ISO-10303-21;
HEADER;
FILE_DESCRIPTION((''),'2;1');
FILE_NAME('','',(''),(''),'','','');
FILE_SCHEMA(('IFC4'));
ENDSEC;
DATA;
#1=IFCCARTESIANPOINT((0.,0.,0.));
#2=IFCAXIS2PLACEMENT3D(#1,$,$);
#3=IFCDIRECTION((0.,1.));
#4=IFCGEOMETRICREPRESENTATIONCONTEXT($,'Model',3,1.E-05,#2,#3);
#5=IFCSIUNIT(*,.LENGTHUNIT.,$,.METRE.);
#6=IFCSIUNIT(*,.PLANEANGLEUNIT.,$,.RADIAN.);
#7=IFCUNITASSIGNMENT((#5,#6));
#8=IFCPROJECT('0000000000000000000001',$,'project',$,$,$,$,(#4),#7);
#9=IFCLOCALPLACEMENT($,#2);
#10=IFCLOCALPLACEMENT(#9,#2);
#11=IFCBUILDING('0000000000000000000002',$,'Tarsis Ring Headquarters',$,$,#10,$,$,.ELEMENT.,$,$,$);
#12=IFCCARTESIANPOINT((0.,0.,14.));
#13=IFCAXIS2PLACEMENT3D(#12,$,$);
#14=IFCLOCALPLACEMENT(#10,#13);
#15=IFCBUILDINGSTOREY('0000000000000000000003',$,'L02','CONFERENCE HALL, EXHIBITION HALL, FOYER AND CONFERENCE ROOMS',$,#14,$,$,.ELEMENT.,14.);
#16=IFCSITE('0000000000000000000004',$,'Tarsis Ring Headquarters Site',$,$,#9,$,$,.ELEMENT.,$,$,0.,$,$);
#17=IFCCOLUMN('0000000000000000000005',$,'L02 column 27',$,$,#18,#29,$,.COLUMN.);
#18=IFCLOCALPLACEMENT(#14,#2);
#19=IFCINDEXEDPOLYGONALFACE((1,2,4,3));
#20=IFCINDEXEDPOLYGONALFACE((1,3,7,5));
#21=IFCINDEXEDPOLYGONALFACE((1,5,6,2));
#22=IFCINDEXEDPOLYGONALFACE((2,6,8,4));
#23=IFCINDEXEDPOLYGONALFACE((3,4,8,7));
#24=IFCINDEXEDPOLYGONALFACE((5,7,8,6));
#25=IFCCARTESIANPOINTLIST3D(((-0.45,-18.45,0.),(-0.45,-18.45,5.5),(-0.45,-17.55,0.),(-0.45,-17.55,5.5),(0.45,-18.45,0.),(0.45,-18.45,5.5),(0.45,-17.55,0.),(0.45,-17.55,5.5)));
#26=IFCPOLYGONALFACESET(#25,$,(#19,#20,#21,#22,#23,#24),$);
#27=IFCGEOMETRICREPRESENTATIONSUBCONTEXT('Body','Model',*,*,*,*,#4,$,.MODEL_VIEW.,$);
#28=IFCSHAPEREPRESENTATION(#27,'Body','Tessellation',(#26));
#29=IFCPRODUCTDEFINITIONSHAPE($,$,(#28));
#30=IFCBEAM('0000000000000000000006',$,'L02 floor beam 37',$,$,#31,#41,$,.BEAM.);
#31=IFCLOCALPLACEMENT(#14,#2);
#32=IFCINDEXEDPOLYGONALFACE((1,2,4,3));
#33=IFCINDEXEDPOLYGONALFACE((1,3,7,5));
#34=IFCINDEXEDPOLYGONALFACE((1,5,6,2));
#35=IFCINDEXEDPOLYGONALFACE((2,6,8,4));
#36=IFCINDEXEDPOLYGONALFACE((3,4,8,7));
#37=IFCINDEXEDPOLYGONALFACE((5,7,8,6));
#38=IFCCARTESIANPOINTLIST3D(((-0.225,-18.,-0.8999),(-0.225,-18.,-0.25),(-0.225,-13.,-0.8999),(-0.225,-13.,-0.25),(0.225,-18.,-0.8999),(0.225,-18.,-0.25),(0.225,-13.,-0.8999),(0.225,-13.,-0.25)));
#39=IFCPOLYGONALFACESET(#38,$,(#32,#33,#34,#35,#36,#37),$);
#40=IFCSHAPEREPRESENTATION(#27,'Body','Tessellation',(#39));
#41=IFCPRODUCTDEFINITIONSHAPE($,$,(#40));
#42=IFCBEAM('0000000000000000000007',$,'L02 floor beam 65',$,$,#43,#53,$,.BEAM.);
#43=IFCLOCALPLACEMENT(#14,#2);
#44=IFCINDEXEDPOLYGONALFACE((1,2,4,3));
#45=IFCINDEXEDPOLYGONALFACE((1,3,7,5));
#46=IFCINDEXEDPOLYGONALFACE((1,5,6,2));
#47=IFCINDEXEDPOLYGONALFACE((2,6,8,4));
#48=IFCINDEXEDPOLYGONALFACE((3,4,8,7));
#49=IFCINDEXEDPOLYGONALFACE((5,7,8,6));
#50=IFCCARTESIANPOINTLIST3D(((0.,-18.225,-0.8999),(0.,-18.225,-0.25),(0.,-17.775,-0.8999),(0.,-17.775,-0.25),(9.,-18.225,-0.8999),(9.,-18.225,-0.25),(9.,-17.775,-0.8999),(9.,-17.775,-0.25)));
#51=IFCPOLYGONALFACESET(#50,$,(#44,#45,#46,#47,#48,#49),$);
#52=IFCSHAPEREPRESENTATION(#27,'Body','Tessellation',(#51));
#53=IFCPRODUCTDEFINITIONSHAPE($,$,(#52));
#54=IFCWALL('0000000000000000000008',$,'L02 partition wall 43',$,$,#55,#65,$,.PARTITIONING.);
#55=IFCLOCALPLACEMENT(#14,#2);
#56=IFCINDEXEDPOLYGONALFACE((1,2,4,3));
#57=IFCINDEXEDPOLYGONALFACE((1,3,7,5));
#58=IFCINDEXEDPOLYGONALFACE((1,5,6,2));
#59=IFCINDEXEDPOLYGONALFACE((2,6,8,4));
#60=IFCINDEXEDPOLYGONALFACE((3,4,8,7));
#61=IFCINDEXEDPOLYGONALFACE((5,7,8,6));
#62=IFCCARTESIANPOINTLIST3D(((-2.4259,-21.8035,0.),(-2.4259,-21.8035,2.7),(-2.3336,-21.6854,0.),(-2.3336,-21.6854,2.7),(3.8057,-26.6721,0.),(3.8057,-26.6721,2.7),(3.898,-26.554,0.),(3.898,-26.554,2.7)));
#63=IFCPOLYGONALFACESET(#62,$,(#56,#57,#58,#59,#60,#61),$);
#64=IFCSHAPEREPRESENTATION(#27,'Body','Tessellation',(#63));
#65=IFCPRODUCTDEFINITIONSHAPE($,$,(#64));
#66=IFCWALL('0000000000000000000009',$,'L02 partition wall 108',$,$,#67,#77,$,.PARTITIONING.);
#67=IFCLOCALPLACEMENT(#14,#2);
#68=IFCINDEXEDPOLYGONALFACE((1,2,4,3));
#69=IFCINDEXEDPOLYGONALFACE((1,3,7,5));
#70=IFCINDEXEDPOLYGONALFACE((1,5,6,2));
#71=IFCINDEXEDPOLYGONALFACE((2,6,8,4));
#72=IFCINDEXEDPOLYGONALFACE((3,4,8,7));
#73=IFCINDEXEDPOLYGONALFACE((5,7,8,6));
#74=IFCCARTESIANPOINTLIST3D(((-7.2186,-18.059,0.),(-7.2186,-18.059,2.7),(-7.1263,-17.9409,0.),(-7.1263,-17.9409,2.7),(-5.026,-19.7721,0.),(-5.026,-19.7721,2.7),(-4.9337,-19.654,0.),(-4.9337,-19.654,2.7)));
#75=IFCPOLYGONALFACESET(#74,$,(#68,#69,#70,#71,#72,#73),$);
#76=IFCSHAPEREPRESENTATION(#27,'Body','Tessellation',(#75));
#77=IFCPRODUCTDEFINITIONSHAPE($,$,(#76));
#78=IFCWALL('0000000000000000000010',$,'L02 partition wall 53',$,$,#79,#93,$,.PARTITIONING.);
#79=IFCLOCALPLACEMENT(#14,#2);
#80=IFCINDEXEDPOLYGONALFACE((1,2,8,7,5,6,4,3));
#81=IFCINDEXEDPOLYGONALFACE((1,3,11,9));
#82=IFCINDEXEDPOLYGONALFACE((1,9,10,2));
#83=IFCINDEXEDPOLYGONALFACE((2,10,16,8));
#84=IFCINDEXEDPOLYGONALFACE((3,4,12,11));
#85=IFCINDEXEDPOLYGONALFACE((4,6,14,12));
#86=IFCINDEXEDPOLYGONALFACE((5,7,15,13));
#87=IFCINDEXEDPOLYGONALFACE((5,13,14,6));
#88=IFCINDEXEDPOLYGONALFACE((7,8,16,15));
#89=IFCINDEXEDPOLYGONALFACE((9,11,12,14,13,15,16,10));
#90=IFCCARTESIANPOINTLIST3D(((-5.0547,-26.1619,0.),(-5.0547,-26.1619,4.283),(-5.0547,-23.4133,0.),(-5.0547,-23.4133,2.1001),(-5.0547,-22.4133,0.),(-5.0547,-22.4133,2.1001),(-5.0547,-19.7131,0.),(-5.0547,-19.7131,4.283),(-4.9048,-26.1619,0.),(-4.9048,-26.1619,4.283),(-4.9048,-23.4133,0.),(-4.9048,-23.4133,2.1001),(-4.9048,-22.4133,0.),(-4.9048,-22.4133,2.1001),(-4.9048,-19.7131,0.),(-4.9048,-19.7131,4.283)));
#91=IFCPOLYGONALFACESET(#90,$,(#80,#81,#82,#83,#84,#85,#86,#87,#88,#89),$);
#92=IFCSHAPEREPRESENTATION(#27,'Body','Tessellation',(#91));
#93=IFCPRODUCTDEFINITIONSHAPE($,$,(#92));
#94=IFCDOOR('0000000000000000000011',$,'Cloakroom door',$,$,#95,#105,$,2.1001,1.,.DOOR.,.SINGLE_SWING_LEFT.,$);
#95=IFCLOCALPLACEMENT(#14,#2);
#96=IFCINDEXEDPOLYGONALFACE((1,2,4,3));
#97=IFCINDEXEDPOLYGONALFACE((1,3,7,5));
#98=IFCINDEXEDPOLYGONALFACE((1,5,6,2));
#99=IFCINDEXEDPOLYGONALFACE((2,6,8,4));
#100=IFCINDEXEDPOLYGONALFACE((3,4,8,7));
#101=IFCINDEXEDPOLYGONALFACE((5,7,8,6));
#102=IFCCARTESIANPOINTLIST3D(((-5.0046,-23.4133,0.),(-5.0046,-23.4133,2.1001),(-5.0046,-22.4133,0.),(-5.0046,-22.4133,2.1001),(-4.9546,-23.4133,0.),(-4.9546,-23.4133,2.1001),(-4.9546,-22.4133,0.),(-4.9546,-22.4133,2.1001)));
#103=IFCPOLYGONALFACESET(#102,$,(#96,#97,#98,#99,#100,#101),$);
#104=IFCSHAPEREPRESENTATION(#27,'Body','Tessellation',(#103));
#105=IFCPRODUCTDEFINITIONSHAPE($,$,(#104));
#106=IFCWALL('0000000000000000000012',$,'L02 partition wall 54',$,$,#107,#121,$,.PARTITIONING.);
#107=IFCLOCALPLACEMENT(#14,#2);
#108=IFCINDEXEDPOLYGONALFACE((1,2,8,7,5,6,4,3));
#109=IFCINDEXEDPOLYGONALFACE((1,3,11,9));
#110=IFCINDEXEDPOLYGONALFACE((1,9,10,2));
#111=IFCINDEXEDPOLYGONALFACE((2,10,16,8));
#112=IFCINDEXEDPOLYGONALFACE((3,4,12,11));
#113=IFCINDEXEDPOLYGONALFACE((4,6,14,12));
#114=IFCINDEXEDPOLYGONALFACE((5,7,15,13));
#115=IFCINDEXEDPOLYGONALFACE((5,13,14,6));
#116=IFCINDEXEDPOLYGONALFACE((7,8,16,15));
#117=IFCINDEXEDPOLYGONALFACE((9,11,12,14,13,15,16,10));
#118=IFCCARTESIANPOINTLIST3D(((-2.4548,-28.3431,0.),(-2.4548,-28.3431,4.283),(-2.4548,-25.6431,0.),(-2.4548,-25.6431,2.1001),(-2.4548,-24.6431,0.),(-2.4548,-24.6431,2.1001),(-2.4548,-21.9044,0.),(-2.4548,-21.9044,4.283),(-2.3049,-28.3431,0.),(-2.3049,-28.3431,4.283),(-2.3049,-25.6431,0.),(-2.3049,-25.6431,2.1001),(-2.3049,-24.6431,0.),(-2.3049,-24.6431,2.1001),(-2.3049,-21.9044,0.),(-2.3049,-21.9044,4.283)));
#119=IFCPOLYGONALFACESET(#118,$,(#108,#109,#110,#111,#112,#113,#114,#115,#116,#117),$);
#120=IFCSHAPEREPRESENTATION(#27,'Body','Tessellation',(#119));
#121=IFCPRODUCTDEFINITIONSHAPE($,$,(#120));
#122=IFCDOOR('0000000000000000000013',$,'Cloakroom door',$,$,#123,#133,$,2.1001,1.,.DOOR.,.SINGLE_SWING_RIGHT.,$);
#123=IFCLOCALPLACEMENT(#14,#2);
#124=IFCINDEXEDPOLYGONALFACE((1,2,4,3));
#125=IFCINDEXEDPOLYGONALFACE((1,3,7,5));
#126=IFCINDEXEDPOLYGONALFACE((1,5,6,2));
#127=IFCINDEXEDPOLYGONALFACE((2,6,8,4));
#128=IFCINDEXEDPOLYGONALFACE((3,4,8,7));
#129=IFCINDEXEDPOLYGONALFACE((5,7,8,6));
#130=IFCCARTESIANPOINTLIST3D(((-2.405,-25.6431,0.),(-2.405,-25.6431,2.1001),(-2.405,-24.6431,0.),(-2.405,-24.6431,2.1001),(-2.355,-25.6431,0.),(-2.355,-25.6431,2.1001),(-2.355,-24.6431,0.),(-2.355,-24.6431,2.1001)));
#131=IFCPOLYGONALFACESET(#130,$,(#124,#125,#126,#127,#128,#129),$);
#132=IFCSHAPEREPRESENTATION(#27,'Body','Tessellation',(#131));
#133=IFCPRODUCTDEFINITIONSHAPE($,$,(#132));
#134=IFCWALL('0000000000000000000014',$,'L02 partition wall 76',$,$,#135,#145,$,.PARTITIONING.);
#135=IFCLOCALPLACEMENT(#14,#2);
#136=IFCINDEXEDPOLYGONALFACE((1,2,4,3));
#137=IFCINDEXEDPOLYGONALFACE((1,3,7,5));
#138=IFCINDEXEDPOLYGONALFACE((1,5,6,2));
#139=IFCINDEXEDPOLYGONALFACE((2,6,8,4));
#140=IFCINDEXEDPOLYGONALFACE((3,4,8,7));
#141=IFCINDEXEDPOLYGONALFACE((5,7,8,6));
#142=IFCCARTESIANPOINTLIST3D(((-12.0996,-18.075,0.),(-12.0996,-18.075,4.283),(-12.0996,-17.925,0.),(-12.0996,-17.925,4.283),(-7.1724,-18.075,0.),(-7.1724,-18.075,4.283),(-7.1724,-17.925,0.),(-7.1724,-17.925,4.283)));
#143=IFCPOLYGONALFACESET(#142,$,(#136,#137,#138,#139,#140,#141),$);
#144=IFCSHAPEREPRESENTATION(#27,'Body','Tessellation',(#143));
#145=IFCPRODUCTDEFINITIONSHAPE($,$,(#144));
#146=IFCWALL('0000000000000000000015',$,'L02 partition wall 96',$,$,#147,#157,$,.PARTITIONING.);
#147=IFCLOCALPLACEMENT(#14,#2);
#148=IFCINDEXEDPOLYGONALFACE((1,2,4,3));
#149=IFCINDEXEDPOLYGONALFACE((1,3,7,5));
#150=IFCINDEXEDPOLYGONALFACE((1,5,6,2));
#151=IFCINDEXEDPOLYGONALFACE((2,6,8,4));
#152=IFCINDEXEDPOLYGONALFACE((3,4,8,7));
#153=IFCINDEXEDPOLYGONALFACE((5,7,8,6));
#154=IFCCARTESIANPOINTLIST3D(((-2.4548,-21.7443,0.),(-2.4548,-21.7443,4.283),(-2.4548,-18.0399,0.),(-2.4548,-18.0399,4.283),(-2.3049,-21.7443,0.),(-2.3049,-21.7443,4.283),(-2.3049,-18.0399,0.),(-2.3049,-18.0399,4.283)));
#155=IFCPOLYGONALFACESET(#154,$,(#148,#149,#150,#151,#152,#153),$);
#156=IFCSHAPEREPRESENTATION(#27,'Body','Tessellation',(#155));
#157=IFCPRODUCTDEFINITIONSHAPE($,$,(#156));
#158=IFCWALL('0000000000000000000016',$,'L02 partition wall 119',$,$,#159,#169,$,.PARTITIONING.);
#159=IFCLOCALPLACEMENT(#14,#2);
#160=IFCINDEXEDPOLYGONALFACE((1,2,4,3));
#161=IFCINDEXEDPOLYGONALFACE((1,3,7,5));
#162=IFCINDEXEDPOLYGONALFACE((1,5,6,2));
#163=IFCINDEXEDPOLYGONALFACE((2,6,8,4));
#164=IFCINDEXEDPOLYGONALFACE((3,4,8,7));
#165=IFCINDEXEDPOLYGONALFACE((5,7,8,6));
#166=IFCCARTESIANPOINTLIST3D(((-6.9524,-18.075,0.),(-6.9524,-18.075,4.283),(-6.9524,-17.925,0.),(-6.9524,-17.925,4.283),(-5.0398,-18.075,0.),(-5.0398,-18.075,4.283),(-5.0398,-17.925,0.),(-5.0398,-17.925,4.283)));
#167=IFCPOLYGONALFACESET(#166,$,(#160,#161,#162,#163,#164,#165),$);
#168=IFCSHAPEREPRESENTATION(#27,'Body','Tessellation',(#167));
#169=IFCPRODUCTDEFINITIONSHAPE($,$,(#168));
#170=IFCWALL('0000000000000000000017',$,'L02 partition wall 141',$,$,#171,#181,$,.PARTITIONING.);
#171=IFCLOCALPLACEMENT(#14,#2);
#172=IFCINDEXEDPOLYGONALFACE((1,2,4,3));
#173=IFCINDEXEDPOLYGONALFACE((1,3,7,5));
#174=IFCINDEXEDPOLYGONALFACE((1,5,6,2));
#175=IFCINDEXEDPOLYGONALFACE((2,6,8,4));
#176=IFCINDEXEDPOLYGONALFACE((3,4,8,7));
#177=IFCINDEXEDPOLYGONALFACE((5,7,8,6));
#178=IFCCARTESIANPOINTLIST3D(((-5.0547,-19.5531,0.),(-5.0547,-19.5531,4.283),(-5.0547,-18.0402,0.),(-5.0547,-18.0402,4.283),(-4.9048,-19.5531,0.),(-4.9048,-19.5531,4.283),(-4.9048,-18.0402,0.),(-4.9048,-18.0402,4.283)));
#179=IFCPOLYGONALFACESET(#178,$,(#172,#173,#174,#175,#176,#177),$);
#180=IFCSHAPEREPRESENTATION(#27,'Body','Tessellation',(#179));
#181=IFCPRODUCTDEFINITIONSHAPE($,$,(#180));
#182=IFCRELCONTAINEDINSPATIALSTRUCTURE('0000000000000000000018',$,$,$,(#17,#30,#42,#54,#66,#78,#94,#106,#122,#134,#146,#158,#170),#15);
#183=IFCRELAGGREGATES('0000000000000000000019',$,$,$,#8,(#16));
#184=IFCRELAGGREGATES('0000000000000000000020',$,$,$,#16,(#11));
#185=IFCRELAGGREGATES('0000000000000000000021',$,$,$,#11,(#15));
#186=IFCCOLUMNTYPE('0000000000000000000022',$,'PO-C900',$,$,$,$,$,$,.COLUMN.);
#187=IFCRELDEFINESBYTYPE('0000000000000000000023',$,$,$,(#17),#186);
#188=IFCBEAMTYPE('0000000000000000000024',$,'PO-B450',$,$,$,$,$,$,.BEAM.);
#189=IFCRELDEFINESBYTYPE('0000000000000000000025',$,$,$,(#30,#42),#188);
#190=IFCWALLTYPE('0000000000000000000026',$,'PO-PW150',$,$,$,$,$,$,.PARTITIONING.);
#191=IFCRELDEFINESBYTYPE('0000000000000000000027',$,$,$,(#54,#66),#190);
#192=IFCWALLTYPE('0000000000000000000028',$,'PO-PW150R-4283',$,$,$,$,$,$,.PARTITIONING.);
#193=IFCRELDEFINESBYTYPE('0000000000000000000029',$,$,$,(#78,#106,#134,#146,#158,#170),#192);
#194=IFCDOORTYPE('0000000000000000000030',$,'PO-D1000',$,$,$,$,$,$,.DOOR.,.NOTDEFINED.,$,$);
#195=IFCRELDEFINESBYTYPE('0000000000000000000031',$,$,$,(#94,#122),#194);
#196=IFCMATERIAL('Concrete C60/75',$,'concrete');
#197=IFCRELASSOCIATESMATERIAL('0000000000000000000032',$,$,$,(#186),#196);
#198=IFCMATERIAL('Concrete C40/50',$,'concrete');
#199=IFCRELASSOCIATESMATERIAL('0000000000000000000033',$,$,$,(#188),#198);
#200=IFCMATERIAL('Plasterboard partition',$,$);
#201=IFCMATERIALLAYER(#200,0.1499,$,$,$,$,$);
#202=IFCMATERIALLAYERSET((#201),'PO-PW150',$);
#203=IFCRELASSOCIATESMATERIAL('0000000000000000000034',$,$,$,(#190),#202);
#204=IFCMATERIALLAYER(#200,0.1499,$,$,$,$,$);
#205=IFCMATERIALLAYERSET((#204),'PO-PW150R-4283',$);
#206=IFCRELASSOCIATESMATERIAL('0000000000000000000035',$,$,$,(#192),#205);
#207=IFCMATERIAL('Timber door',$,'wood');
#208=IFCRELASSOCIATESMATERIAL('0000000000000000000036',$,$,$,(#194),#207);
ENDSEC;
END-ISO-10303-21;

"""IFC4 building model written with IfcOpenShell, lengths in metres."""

from ifc_helpers import new_model, si_unit, direction, frame, frame_2d, origin, origin_2d, place, context, subcontext, project, spatial, rectangle, extrude, material, layer, layer_set, material_profile, profile_set, type_object, element, fill, save


model = new_model("IFC4")

# Units and contexts
model_context = context("Model", 3, precision=1e-05, world=origin(), true_north=direction((0.0, 1.0)))
body_context = subcontext(model_context, "Body", "Model", "MODEL_VIEW")
ifc_project = project(units=[si_unit("LENGTHUNIT", "METRE"), si_unit("PLANEANGLEUNIT", "RADIAN")], contexts=[model_context])

# Site, building, storey
site_placement = place(None, origin())
site = spatial("IfcSite", under=ifc_project, at=site_placement, Name="Tarsis Ring Headquarters Site", CompositionType="ELEMENT", RefElevation=0.0)
building_placement = place(site_placement, origin())
building = spatial("IfcBuilding", under=site, at=building_placement, Name="Tarsis Ring Headquarters", CompositionType="ELEMENT")
storey_placement = place(building_placement, frame((0.0, 0.0, 14.0)))
storey = spatial("IfcBuildingStorey", under=building, at=storey_placement, Name="L02", Description="CONFERENCE HALL, EXHIBITION HALL, FOYER AND CONFERENCE ROOMS", CompositionType="ELEMENT", Elevation=14.0)

# Column
ifc_material_1 = material(Name="Concrete C60/75", Category="concrete")
ifc_material_profile_1 = material_profile(ifc_material_1, rectangle(XDim=0.8999, YDim=0.8999, at=origin_2d()), Name="PO-C900")
ifc_profile_set_1 = profile_set([ifc_material_profile_1], Name="Concrete C60/75")
column_type = type_object("IfcColumnType", Name="PO-C900", PredefinedType="COLUMN", material=ifc_profile_set_1)
column_placement = place(storey_placement, frame((0.0, -18.0, 0.0), z_axis=(0.0, 0.0, 1.0), x_axis=(1.0, 0.0, 0.0)))
element("IfcColumn", 1, at=column_placement, inside=storey, type_object=column_type, Name="L02 column 27", PredefinedType="COLUMN", context=body_context, shape_type="SweptSolid", body=[
    extrude(rectangle(XDim=0.8999, YDim=0.8999, at=origin_2d()), origin(), (0.0, 0.0, 1.0), 5.5),
])

# Beams
ifc_material_2 = material(Name="Concrete C40/50", Category="concrete")
ifc_material_profile_2 = material_profile(ifc_material_2, rectangle(XDim=0.45, YDim=0.6499, at=origin_2d()), Name="PO-B450")
ifc_profile_set_2 = profile_set([ifc_material_profile_2], Name="Concrete C40/50")
beam_type = type_object("IfcBeamType", Name="PO-B450", PredefinedType="BEAM", material=ifc_profile_set_2)
beam_1_placement = place(storey_placement, frame((0.0, -18.0, -0.575), z_axis=(0.0, 1.0, 0.0), x_axis=(-1.0, 0.0, 0.0)))
element("IfcBeam", 2, at=beam_1_placement, inside=storey, type_object=beam_type, Name="L02 floor beam 37", PredefinedType="BEAM", context=body_context, shape_type="SweptSolid", body=[
    extrude(rectangle(XDim=0.45, YDim=0.6499, at=origin_2d()), origin(), (0.0, 0.0, 1.0), 5.0),
])
beam_2_placement = place(storey_placement, frame((0.0, -18.0, -0.575), z_axis=(1.0, 0.0, 0.0), x_axis=(0.0, 1.0, 0.0)))
element("IfcBeam", 3, at=beam_2_placement, inside=storey, type_object=beam_type, Name="L02 floor beam 65", PredefinedType="BEAM", context=body_context, shape_type="SweptSolid", body=[
    extrude(rectangle(XDim=0.45, YDim=0.6499, at=origin_2d()), origin(), (0.0, 0.0, 1.0), 9.0),
])

# Walls
ifc_material_3 = material(Name="Plasterboard partition")
ifc_layer_1 = layer(ifc_material_3, 0.1499)
ifc_layer_set_1 = layer_set([ifc_layer_1], Name="PO-PW150")
wall_type_1 = type_object("IfcWallType", Name="PO-PW150", PredefinedType="PARTITIONING", material=ifc_layer_set_1)
wall_1_placement = place(storey_placement, frame((-2.3799, -21.7444, 0.0), z_axis=(0.0, 0.0, 1.0), x_axis=(0.788015, -0.615655, 0.0)))
element("IfcWall", 4, at=wall_1_placement, inside=storey, type_object=wall_type_1, Name="L02 partition wall 43", PredefinedType="PARTITIONING", context=body_context, shape_type="SweptSolid", body=[
    extrude(rectangle(XDim=7.908, YDim=0.1499, at=frame_2d((3.9541, 0.0))), origin(), (0.0, 0.0, 1.0), 2.7),
])
wall_2_placement = place(storey_placement, frame((-7.1724, -18.0, 0.0), z_axis=(0.0, 0.0, 1.0), x_axis=(0.787999, -0.615676, 0.0)))
element("IfcWall", 5, at=wall_2_placement, inside=storey, type_object=wall_type_1, Name="L02 partition wall 108", PredefinedType="PARTITIONING", context=body_context, shape_type="SweptSolid", body=[
    extrude(rectangle(XDim=2.7825, YDim=0.1499, at=frame_2d((1.3911, 0.0))), origin(), (0.0, 0.0, 1.0), 2.7),
])

# Walls, openings, doors
ifc_layer_2 = layer(ifc_material_3, 0.1499)
ifc_layer_set_2 = layer_set([ifc_layer_2], Name="PO-PW150R-4283")
wall_type_2 = type_object("IfcWallType", Name="PO-PW150R-4283", PredefinedType="PARTITIONING", material=ifc_layer_set_2)
wall_3_placement = place(storey_placement, frame((-4.9797, -26.1619, 0.0), z_axis=(0.0, 0.0, 1.0), x_axis=(0.0, 1.0, 0.0)))
wall_3 = element("IfcWall", 6, at=wall_3_placement, inside=storey, type_object=wall_type_2, Name="L02 partition wall 53", PredefinedType="PARTITIONING", context=body_context, shape_type="SweptSolid", body=[
    extrude(rectangle(XDim=6.4487, YDim=0.1499, at=frame_2d((3.2244, 0.0))), origin(), (0.0, 0.0, 1.0), 4.283),
])
opening_1_placement = place(wall_3_placement, frame((2.7485, 0.0, 0.0)))
opening_1 = element("IfcOpeningElement", 7, at=opening_1_placement, cuts=wall_3, PredefinedType="OPENING", context=body_context, shape_type="SweptSolid", body=[
    extrude(rectangle(XDim=1.0, YDim=2.1001, at=frame_2d((0.5, 1.05))), frame((0.0, 0.085, 0.0), z_axis=(0.0, -1.0, 0.0), x_axis=(1.0, 0.0, 0.0)), (0.0, 0.0, 1.0), 0.1699),
])
ifc_material_4 = material(Name="Timber door", Category="wood")
door_type = type_object("IfcDoorType", Name="PO-D1000", OperationType="NOTDEFINED", PredefinedType="DOOR", material=ifc_material_4)
door_1_placement = place(opening_1_placement, origin())
door_1 = element("IfcDoor", 8, at=door_1_placement, inside=storey, type_object=door_type, Name="Cloakroom door", OperationType="SINGLE_SWING_LEFT", OverallHeight=2.1001, OverallWidth=1.0, PredefinedType="DOOR", context=body_context, shape_type="SweptSolid", body=[
    extrude(rectangle(XDim=1.0, YDim=2.1001, at=frame_2d((0.5, 1.05))), frame((0.0, 0.0249, 0.0), z_axis=(0.0, -1.0, 0.0), x_axis=(1.0, 0.0, 0.0)), (0.0, 0.0, 1.0), 0.05),
])
fill(opening_1, door_1)
wall_4_placement = place(storey_placement, frame((-2.3799, -21.9045, 0.0), z_axis=(0.0, 0.0, 1.0), x_axis=(0.0, -1.0, 0.0)))
wall_4 = element("IfcWall", 9, at=wall_4_placement, inside=storey, type_object=wall_type_2, Name="L02 partition wall 54", PredefinedType="PARTITIONING", context=body_context, shape_type="SweptSolid", body=[
    extrude(rectangle(XDim=6.4387, YDim=0.1499, at=frame_2d((3.2192, 0.0))), origin(), (0.0, 0.0, 1.0), 4.283),
])
opening_2_placement = place(wall_4_placement, frame((2.7385, 0.0, 0.0)))
opening_2 = element("IfcOpeningElement", 10, at=opening_2_placement, cuts=wall_4, PredefinedType="OPENING", context=body_context, shape_type="SweptSolid", body=[
    extrude(rectangle(XDim=1.0, YDim=2.1001, at=frame_2d((0.5, 1.05))), frame((0.0, 0.085, 0.0), z_axis=(0.0, -1.0, 0.0), x_axis=(1.0, 0.0, 0.0)), (0.0, 0.0, 1.0), 0.1699),
])
door_2_placement = place(opening_2_placement, origin())
door_2 = element("IfcDoor", 11, at=door_2_placement, inside=storey, type_object=door_type, Name="Cloakroom door", OperationType="SINGLE_SWING_RIGHT", OverallHeight=2.1001, OverallWidth=1.0, PredefinedType="DOOR", context=body_context, shape_type="SweptSolid", body=[
    extrude(rectangle(XDim=1.0, YDim=2.1001, at=frame_2d((0.5, 1.05))), frame((0.0, 0.0249, 0.0), z_axis=(0.0, -1.0, 0.0), x_axis=(1.0, 0.0, 0.0)), (0.0, 0.0, 1.0), 0.05),
])
fill(opening_2, door_2)

# Walls
wall_5_placement = place(storey_placement, frame((-7.1724, -18.0, 0.0), z_axis=(0.0, 0.0, 1.0), x_axis=(-1.0, 0.0, 0.0)))
element("IfcWall", 12, at=wall_5_placement, inside=storey, type_object=wall_type_2, Name="L02 partition wall 76", PredefinedType="PARTITIONING", context=body_context, shape_type="SweptSolid", body=[
    extrude(rectangle(XDim=4.9272, YDim=0.1499, at=frame_2d((2.4636, 0.0))), origin(), (0.0, 0.0, 1.0), 4.283),
])
wall_6_placement = place(storey_placement, frame((-2.3799, -18.04, 0.0), z_axis=(0.0, 0.0, 1.0), x_axis=(0.0, -1.0, 0.0)))
element("IfcWall", 13, at=wall_6_placement, inside=storey, type_object=wall_type_2, Name="L02 partition wall 96", PredefinedType="PARTITIONING", context=body_context, shape_type="SweptSolid", body=[
    extrude(rectangle(XDim=3.7043, YDim=0.1499, at=frame_2d((1.8521, 0.0))), origin(), (0.0, 0.0, 1.0), 4.283),
])
wall_7_placement = place(storey_placement, frame((-5.0398, -18.0, 0.0), z_axis=(0.0, 0.0, 1.0), x_axis=(-1.0, 0.0, 0.0)))
element("IfcWall", 14, at=wall_7_placement, inside=storey, type_object=wall_type_2, Name="L02 partition wall 119", PredefinedType="PARTITIONING", context=body_context, shape_type="SweptSolid", body=[
    extrude(rectangle(XDim=1.9126, YDim=0.1499, at=frame_2d((0.9563, 0.0))), origin(), (0.0, 0.0, 1.0), 4.283),
])
wall_8_placement = place(storey_placement, frame((-4.9797, -19.553, 0.0), z_axis=(0.0, 0.0, 1.0), x_axis=(0.0, 1.0, 0.0)))
element("IfcWall", 15, at=wall_8_placement, inside=storey, type_object=wall_type_2, Name="L02 partition wall 141", PredefinedType="PARTITIONING", context=body_context, shape_type="SweptSolid", body=[
    extrude(rectangle(XDim=1.5129, YDim=0.1499, at=frame_2d((0.7563, 0.0))), origin(), (0.0, 0.0, 1.0), 4.283),
])

save(model, "model.ifc")
